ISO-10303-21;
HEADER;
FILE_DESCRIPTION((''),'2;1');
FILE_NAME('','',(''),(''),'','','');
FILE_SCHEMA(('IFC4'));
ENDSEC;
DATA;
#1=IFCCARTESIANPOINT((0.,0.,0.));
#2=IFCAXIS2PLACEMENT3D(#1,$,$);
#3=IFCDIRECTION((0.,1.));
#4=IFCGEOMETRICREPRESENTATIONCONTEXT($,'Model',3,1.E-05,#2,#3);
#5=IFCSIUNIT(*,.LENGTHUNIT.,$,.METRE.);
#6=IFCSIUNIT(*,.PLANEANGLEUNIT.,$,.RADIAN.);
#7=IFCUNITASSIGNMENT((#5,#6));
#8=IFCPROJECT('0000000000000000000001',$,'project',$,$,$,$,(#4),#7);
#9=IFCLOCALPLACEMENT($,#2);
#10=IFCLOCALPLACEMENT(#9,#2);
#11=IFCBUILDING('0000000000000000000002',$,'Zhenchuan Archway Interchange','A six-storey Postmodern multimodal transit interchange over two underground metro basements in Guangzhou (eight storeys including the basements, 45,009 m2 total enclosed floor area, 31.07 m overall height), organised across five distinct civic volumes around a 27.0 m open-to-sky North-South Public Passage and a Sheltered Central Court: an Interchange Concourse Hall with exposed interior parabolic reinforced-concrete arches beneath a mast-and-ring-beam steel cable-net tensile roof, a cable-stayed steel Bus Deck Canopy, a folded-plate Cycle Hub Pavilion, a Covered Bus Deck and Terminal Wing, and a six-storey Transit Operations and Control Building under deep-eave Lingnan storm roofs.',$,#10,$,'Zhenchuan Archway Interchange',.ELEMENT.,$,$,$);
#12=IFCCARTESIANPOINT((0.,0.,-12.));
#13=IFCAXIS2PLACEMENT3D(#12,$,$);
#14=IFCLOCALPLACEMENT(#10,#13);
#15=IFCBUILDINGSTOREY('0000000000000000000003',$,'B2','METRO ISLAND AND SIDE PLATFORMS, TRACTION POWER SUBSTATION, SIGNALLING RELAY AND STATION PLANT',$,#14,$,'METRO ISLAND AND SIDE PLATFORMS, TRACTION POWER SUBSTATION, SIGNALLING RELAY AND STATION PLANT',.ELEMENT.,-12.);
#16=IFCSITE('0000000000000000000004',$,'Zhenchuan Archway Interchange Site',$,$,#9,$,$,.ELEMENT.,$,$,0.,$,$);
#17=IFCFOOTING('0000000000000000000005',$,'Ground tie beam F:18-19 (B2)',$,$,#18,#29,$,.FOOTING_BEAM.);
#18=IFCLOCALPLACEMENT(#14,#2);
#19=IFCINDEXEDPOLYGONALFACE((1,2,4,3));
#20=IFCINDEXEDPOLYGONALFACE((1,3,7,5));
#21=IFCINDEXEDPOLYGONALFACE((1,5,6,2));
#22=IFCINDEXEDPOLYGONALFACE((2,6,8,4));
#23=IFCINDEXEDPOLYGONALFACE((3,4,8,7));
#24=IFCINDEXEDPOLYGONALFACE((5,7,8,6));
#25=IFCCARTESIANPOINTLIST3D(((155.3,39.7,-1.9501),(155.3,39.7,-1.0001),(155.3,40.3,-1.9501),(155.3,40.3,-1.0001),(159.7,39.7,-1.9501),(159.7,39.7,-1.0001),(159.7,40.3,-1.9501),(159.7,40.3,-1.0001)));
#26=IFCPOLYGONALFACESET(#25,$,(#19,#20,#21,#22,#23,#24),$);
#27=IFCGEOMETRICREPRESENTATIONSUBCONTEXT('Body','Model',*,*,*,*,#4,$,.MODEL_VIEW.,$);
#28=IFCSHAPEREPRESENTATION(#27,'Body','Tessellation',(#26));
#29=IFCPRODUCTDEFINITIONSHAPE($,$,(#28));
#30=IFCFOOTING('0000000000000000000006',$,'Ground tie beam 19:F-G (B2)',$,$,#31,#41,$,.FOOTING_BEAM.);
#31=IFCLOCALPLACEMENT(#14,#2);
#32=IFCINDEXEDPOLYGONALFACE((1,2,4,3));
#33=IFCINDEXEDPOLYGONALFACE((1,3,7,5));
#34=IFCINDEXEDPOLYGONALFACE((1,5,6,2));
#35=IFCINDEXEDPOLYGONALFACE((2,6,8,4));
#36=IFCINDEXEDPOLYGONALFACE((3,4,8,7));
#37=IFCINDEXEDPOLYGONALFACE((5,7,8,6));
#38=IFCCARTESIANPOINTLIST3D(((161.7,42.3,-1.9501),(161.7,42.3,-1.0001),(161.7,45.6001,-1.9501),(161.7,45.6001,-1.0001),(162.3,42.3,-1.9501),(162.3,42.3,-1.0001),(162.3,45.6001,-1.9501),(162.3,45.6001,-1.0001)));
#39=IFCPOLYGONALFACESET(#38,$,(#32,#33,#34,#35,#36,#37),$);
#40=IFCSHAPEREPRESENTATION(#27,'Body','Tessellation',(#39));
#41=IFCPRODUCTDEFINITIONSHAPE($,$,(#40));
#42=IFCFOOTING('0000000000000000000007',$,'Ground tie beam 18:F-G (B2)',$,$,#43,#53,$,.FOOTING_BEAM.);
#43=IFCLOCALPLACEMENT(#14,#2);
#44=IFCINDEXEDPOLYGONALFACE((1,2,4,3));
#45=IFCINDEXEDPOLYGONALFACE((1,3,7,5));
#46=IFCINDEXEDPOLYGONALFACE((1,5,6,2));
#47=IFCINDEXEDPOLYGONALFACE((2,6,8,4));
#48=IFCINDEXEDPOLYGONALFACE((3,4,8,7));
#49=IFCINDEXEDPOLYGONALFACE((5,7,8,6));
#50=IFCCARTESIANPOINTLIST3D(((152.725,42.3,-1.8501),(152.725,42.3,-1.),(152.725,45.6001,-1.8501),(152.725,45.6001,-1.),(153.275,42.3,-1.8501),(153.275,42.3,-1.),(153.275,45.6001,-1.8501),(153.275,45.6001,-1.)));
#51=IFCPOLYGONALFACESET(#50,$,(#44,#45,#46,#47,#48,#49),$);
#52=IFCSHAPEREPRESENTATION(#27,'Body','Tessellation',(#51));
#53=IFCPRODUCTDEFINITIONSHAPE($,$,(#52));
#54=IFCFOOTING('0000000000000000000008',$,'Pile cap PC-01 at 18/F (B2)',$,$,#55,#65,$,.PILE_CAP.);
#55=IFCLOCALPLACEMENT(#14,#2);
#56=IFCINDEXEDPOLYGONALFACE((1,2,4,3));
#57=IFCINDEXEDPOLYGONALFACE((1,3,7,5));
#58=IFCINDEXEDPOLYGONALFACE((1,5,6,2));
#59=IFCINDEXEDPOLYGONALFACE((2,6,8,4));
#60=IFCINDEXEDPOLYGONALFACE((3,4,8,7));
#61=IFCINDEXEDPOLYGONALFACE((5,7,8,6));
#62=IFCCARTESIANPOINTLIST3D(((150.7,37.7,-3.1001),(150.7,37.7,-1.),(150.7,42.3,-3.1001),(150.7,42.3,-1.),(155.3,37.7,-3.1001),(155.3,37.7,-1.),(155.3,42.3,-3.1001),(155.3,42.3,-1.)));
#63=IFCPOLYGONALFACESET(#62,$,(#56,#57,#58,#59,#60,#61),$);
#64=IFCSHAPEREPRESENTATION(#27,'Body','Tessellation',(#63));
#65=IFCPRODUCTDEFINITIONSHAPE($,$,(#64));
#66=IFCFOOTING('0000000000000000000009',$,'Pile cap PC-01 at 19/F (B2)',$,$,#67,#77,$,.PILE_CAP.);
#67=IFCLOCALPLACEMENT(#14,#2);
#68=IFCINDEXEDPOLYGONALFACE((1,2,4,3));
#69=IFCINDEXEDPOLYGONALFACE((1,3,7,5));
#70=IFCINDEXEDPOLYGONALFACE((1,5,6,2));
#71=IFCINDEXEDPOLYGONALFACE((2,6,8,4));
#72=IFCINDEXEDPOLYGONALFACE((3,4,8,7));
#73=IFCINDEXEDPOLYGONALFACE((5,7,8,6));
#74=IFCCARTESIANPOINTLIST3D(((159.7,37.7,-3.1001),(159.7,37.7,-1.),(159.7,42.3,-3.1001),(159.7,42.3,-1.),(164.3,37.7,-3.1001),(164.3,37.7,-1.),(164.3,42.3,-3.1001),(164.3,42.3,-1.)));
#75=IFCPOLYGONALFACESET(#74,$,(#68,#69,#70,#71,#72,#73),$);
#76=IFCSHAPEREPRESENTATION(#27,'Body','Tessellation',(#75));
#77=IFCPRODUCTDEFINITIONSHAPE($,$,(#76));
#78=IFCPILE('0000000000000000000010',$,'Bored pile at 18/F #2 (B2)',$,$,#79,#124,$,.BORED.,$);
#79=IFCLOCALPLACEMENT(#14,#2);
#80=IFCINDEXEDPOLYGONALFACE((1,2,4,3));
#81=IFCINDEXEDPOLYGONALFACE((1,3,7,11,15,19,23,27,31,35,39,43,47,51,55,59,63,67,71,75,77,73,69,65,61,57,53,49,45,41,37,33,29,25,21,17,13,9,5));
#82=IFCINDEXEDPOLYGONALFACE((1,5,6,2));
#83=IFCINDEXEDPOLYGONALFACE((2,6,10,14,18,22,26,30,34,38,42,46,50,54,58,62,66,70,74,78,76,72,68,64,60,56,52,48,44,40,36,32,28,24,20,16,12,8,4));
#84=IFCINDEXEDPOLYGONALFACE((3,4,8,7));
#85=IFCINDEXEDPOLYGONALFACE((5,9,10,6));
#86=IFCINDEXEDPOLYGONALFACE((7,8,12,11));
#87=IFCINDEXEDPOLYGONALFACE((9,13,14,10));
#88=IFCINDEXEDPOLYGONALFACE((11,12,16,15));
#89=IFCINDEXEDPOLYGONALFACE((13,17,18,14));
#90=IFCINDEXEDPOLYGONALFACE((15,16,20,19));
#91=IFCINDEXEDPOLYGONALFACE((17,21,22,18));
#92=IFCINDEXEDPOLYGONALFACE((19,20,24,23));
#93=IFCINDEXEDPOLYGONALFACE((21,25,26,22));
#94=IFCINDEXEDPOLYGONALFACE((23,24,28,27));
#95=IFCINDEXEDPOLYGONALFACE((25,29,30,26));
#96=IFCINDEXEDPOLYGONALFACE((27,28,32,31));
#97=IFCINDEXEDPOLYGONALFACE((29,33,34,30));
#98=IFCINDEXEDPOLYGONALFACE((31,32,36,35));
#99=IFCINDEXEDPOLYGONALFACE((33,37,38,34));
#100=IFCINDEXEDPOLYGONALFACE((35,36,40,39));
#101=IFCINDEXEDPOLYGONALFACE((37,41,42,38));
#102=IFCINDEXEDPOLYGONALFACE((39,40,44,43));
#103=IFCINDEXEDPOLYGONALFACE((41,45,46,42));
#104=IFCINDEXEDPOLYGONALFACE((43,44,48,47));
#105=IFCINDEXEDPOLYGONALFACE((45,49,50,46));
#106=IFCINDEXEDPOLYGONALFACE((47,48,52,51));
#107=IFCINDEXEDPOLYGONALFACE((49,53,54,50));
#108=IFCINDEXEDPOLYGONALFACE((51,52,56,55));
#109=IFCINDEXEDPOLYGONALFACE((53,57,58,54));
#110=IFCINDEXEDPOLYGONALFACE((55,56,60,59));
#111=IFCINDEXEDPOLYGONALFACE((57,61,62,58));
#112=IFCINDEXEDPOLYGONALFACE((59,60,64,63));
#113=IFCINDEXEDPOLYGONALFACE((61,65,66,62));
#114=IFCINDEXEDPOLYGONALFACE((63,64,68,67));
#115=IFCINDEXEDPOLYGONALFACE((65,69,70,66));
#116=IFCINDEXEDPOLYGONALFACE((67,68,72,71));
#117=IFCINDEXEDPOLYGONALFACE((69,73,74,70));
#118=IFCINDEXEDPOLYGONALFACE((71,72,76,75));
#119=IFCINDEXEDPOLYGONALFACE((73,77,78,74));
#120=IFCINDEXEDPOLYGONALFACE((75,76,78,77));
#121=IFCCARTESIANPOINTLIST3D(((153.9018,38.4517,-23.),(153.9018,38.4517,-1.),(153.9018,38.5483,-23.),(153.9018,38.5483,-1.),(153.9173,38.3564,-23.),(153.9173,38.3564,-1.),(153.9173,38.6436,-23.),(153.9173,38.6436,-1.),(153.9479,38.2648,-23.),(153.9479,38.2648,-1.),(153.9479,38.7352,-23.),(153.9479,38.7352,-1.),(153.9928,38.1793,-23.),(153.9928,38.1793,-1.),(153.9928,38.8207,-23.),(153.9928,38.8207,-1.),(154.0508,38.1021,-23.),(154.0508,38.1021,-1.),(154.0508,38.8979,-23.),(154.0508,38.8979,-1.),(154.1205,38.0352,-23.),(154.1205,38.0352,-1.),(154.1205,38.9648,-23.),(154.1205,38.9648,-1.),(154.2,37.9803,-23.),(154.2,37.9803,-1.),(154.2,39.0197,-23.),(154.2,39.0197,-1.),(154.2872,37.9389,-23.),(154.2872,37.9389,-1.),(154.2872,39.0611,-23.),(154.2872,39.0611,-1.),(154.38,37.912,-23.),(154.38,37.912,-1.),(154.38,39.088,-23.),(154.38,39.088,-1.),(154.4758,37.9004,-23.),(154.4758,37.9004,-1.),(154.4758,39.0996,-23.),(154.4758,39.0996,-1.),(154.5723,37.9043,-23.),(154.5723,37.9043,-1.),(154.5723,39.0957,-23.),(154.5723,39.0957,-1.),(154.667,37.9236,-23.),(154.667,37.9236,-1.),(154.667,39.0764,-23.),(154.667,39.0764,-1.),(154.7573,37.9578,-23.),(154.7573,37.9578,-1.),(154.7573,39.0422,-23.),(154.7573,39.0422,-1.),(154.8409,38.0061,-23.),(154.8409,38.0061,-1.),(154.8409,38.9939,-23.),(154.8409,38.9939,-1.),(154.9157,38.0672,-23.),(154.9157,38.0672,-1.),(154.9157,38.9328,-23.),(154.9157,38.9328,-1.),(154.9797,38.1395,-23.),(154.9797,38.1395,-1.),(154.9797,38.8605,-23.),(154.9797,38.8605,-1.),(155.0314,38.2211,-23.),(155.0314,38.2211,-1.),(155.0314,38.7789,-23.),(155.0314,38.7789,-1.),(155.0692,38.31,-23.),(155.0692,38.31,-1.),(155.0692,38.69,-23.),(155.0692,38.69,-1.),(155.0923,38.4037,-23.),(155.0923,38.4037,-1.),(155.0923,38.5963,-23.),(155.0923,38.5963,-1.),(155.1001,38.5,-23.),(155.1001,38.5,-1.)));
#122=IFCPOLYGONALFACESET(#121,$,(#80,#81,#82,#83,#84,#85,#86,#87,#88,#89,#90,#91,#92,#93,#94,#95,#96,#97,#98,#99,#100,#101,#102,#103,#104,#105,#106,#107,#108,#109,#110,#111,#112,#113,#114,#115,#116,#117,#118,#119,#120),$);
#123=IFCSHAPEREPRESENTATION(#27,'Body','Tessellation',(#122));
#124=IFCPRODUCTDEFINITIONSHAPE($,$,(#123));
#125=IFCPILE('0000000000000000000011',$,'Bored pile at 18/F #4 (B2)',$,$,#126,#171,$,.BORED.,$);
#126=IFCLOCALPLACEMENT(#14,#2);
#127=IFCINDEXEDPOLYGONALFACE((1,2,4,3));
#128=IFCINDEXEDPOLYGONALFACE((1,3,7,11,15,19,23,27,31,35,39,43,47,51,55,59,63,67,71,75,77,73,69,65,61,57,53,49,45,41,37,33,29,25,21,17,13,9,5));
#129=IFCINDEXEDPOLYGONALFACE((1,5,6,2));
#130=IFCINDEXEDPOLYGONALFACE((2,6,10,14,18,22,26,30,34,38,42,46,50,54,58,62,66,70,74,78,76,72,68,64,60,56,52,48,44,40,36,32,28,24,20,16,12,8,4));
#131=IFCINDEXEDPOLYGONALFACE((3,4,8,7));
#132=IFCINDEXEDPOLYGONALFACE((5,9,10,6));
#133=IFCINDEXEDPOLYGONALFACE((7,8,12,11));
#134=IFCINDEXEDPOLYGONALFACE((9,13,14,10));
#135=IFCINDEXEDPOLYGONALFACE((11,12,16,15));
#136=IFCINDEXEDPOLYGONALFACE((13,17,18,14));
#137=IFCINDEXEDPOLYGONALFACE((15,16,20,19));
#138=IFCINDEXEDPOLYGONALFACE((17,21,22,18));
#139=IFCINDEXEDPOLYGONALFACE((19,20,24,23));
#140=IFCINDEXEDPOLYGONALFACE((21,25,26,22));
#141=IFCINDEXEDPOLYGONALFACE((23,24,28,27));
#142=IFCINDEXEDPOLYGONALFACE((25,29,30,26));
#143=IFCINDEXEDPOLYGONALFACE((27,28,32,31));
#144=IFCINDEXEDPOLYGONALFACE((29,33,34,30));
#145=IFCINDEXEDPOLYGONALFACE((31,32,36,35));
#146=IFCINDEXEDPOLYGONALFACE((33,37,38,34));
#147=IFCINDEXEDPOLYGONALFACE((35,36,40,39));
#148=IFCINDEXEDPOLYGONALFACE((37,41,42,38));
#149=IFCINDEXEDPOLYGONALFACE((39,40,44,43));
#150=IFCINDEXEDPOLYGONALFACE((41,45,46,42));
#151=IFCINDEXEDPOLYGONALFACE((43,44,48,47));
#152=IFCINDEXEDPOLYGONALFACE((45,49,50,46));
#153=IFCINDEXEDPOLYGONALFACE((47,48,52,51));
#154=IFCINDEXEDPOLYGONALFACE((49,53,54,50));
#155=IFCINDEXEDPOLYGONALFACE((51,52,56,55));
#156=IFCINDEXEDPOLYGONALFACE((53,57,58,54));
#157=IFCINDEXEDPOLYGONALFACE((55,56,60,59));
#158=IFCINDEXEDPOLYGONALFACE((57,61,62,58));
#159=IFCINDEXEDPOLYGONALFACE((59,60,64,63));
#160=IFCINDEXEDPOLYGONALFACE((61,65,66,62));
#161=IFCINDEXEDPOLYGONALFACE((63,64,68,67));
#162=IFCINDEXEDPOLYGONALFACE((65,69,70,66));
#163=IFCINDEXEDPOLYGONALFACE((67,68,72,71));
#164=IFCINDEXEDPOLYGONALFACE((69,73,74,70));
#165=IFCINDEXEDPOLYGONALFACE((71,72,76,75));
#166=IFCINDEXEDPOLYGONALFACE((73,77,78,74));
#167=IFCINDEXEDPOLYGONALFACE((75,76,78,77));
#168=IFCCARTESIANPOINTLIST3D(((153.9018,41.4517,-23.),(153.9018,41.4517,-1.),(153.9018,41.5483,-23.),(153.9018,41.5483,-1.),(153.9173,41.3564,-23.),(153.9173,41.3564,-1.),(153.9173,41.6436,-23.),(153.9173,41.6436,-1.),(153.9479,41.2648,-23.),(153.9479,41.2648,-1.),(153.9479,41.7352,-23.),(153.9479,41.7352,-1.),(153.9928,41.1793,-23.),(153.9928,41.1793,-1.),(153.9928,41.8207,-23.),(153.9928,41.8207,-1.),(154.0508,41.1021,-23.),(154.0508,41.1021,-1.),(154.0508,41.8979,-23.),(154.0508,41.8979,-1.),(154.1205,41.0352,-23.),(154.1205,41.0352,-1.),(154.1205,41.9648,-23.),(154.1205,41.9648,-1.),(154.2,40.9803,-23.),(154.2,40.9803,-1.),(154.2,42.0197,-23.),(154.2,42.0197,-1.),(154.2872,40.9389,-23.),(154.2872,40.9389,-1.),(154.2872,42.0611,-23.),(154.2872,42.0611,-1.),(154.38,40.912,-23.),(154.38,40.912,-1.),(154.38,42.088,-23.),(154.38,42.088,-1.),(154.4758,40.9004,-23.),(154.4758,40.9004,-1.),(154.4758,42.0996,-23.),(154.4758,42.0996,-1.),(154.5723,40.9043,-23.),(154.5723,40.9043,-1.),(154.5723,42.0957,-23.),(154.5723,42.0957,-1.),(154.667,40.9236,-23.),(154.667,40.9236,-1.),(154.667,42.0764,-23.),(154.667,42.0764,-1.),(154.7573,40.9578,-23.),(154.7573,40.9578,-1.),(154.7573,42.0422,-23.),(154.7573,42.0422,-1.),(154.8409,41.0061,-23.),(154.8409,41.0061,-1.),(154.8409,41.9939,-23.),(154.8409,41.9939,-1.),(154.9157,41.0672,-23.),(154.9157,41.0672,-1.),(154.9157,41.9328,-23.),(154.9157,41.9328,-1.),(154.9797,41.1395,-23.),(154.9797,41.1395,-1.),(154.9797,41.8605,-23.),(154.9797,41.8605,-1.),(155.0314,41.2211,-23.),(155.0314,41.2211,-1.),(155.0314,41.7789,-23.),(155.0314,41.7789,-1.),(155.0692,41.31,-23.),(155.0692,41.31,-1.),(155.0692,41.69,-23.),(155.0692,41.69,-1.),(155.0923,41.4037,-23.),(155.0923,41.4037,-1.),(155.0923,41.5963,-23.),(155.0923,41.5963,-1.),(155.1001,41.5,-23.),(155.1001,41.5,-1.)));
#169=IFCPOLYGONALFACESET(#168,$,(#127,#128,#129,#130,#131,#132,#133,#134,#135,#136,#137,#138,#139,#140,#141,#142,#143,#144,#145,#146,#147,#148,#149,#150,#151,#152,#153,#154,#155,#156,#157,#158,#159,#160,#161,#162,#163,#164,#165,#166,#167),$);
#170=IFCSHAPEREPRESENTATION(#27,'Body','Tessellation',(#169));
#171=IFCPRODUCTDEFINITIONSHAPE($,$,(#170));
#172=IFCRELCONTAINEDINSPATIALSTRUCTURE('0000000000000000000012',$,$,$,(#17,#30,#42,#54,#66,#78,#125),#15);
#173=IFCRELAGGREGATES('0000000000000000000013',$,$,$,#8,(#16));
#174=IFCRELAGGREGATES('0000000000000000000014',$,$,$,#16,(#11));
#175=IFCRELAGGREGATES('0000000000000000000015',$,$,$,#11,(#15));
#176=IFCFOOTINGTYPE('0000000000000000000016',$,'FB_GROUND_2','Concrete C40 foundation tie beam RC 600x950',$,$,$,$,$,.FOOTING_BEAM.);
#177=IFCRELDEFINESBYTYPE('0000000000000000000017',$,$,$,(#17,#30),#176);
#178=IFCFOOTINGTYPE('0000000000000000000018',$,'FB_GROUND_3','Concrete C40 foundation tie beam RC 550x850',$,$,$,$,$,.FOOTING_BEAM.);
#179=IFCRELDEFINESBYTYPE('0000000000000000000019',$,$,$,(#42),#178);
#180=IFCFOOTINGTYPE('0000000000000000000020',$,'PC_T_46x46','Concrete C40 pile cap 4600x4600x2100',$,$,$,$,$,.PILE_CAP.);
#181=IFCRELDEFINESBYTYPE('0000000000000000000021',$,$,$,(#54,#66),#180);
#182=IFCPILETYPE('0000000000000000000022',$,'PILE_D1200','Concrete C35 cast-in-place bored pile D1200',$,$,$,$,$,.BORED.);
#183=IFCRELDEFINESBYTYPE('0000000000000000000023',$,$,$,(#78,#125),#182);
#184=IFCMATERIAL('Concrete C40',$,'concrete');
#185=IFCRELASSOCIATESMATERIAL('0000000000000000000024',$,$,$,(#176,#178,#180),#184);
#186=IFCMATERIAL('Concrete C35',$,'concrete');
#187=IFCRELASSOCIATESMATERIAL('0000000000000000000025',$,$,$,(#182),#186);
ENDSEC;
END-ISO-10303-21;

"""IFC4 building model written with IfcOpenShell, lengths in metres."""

from ifc_helpers import new_model, si_unit, direction, frame, origin, origin_2d, place, context, subcontext, project, spatial, rectangle, circle, extrude, material, material_profile, profile_set, type_object, element, save


model = new_model("IFC4")

# Units and contexts
model_context = context("Model", 3, precision=1e-05, world=origin(), true_north=direction((0.0, 1.0)))
body_context = subcontext(model_context, "Body", "Model", "MODEL_VIEW")
ifc_project = project(units=[si_unit("LENGTHUNIT", "METRE"), si_unit("PLANEANGLEUNIT", "RADIAN")], contexts=[model_context])

# Site, building, storey
site_placement = place(None, origin())
site = spatial("IfcSite", under=ifc_project, at=site_placement, Name="Zhenchuan Archway Interchange Site", CompositionType="ELEMENT", RefElevation=0.0)
building_placement = place(site_placement, origin())
building = spatial("IfcBuilding", under=site, at=building_placement, Name="Zhenchuan Archway Interchange", Description="A six-storey Postmodern multimodal transit interchange over two underground metro basements in Guangzhou (eight storeys including the basements, 45,009 m2 total enclosed floor area, 31.07 m overall height), organised across five distinct civic volumes around a 27.0 m open-to-sky North-South Public Passage and a Sheltered Central Court: an Interchange Concourse Hall with exposed interior parabolic reinforced-concrete arches beneath a mast-and-ring-beam steel cable-net tensile roof, a cable-stayed steel Bus Deck Canopy, a folded-plate Cycle Hub Pavilion, a Covered Bus Deck and Terminal Wing, and a six-storey Transit Operations and Control Building under deep-eave Lingnan storm roofs.", LongName="Zhenchuan Archway Interchange", CompositionType="ELEMENT")
storey_placement = place(building_placement, frame((0.0, 0.0, -12.0)))
storey = spatial("IfcBuildingStorey", under=building, at=storey_placement, Name="B2", Description="METRO ISLAND AND SIDE PLATFORMS, TRACTION POWER SUBSTATION, SIGNALLING RELAY AND STATION PLANT", LongName="METRO ISLAND AND SIDE PLATFORMS, TRACTION POWER SUBSTATION, SIGNALLING RELAY AND STATION PLANT", CompositionType="ELEMENT", Elevation=-12.0)

# Footings
ifc_material_1 = material(Name="Concrete C40", Category="concrete")
ifc_material_profile_1 = material_profile(ifc_material_1, rectangle(XDim=0.6001, YDim=0.95, at=origin_2d()), Name="RC 600x950")
ifc_profile_set_1 = profile_set([ifc_material_profile_1], Name="Concrete C40")
footing_type_1 = type_object("IfcFootingType", Name="FB_GROUND_2", Description="Concrete C40 foundation tie beam RC 600x950", PredefinedType="FOOTING_BEAM", material=ifc_profile_set_1)
footing_1_placement = place(storey_placement, frame((155.3, 40.0, -1.4751), z_axis=(1.0, 0.0, 0.0), x_axis=(0.0, 1.0, 0.0)))
element("IfcFooting", 1, at=footing_1_placement, inside=storey, type_object=footing_type_1, Name="Ground tie beam F:18-19 (B2)", PredefinedType="FOOTING_BEAM", context=body_context, shape_type="SweptSolid", body=[
    extrude(rectangle(XDim=0.6001, YDim=0.95, at=origin_2d()), origin(), (0.0, 0.0, 1.0), 4.3999),
])
footing_2_placement = place(storey_placement, frame((162.0, 42.3, -1.4751), z_axis=(0.0, 1.0, 0.0), x_axis=(-1.0, 0.0, 0.0)))
element("IfcFooting", 2, at=footing_2_placement, inside=storey, type_object=footing_type_1, Name="Ground tie beam 19:F-G (B2)", PredefinedType="FOOTING_BEAM", context=body_context, shape_type="SweptSolid", body=[
    extrude(rectangle(XDim=0.6001, YDim=0.95, at=origin_2d()), origin(), (0.0, 0.0, 1.0), 3.3),
])
ifc_material_profile_2 = material_profile(ifc_material_1, rectangle(XDim=0.55, YDim=0.8501, at=origin_2d()), Name="RC 550x850")
ifc_profile_set_2 = profile_set([ifc_material_profile_2], Name="Concrete C40")
footing_type_2 = type_object("IfcFootingType", Name="FB_GROUND_3", Description="Concrete C40 foundation tie beam RC 550x850", PredefinedType="FOOTING_BEAM", material=ifc_profile_set_2)
footing_3_placement = place(storey_placement, frame((153.0, 42.3, -1.425), z_axis=(0.0, 1.0, 0.0), x_axis=(-1.0, 0.0, 0.0)))
element("IfcFooting", 3, at=footing_3_placement, inside=storey, type_object=footing_type_2, Name="Ground tie beam 18:F-G (B2)", PredefinedType="FOOTING_BEAM", context=body_context, shape_type="SweptSolid", body=[
    extrude(rectangle(XDim=0.55, YDim=0.8501, at=origin_2d()), origin(), (0.0, 0.0, 1.0), 3.3),
])
footing_type_3 = type_object("IfcFootingType", Name="PC_T_46x46", Description="Concrete C40 pile cap 4600x4600x2100", PredefinedType="PILE_CAP", material=ifc_material_1)
for number, where, z_axis, x_axis, name in (
    (4, (153.0, 40.0, -3.1001), (0.0, 0.0, 1.0), (1.0, 0.0, 0.0), "Pile cap PC-01 at 18/F (B2)"),
    (5, (162.0, 40.0, -3.1001), (0.0, 0.0, 1.0), (1.0, 0.0, 0.0), "Pile cap PC-01 at 19/F (B2)"),
):
    element("IfcFooting", number, at=place(storey_placement, frame(where, z_axis=z_axis, x_axis=x_axis)), inside=storey, type_object=footing_type_3, Name=name, PredefinedType="PILE_CAP", context=body_context, shape_type="SweptSolid", body=[
        extrude(rectangle(XDim=4.6001, YDim=4.6001, at=origin_2d()), origin(), (0.0, 0.0, 1.0), 2.1001),
    ])

# Piles
ifc_material_2 = material(Name="Concrete C35", Category="concrete")
ifc_material_profile_3 = material_profile(ifc_material_2, circle(Radius=0.6001, at=origin_2d()), Name="BORED PILE 1200")
ifc_profile_set_3 = profile_set([ifc_material_profile_3], Name="Concrete C35")
pile_type_1 = type_object("IfcPileType", Name="PILE_D1200", Description="Concrete C35 cast-in-place bored pile D1200", PredefinedType="BORED", material=ifc_profile_set_3)
for number, where, z_axis, x_axis, name in (
    (6, (154.5, 38.5, -1.0), (0.0, 0.0, -1.0), (1.0, 0.0, 0.0), "Bored pile at 18/F #2 (B2)"),
    (7, (154.5, 41.5, -1.0), (0.0, 0.0, -1.0), (1.0, 0.0, 0.0), "Bored pile at 18/F #4 (B2)"),
):
    element("IfcPile", number, at=place(storey_placement, frame(where, z_axis=z_axis, x_axis=x_axis)), inside=storey, type_object=pile_type_1, Name=name, PredefinedType="BORED", context=body_context, shape_type="SweptSolid", body=[
        extrude(circle(Radius=0.6001, at=origin_2d()), origin(), (0.0, 0.0, 1.0), 22.0),
    ])

save(model, "model.ifc")
